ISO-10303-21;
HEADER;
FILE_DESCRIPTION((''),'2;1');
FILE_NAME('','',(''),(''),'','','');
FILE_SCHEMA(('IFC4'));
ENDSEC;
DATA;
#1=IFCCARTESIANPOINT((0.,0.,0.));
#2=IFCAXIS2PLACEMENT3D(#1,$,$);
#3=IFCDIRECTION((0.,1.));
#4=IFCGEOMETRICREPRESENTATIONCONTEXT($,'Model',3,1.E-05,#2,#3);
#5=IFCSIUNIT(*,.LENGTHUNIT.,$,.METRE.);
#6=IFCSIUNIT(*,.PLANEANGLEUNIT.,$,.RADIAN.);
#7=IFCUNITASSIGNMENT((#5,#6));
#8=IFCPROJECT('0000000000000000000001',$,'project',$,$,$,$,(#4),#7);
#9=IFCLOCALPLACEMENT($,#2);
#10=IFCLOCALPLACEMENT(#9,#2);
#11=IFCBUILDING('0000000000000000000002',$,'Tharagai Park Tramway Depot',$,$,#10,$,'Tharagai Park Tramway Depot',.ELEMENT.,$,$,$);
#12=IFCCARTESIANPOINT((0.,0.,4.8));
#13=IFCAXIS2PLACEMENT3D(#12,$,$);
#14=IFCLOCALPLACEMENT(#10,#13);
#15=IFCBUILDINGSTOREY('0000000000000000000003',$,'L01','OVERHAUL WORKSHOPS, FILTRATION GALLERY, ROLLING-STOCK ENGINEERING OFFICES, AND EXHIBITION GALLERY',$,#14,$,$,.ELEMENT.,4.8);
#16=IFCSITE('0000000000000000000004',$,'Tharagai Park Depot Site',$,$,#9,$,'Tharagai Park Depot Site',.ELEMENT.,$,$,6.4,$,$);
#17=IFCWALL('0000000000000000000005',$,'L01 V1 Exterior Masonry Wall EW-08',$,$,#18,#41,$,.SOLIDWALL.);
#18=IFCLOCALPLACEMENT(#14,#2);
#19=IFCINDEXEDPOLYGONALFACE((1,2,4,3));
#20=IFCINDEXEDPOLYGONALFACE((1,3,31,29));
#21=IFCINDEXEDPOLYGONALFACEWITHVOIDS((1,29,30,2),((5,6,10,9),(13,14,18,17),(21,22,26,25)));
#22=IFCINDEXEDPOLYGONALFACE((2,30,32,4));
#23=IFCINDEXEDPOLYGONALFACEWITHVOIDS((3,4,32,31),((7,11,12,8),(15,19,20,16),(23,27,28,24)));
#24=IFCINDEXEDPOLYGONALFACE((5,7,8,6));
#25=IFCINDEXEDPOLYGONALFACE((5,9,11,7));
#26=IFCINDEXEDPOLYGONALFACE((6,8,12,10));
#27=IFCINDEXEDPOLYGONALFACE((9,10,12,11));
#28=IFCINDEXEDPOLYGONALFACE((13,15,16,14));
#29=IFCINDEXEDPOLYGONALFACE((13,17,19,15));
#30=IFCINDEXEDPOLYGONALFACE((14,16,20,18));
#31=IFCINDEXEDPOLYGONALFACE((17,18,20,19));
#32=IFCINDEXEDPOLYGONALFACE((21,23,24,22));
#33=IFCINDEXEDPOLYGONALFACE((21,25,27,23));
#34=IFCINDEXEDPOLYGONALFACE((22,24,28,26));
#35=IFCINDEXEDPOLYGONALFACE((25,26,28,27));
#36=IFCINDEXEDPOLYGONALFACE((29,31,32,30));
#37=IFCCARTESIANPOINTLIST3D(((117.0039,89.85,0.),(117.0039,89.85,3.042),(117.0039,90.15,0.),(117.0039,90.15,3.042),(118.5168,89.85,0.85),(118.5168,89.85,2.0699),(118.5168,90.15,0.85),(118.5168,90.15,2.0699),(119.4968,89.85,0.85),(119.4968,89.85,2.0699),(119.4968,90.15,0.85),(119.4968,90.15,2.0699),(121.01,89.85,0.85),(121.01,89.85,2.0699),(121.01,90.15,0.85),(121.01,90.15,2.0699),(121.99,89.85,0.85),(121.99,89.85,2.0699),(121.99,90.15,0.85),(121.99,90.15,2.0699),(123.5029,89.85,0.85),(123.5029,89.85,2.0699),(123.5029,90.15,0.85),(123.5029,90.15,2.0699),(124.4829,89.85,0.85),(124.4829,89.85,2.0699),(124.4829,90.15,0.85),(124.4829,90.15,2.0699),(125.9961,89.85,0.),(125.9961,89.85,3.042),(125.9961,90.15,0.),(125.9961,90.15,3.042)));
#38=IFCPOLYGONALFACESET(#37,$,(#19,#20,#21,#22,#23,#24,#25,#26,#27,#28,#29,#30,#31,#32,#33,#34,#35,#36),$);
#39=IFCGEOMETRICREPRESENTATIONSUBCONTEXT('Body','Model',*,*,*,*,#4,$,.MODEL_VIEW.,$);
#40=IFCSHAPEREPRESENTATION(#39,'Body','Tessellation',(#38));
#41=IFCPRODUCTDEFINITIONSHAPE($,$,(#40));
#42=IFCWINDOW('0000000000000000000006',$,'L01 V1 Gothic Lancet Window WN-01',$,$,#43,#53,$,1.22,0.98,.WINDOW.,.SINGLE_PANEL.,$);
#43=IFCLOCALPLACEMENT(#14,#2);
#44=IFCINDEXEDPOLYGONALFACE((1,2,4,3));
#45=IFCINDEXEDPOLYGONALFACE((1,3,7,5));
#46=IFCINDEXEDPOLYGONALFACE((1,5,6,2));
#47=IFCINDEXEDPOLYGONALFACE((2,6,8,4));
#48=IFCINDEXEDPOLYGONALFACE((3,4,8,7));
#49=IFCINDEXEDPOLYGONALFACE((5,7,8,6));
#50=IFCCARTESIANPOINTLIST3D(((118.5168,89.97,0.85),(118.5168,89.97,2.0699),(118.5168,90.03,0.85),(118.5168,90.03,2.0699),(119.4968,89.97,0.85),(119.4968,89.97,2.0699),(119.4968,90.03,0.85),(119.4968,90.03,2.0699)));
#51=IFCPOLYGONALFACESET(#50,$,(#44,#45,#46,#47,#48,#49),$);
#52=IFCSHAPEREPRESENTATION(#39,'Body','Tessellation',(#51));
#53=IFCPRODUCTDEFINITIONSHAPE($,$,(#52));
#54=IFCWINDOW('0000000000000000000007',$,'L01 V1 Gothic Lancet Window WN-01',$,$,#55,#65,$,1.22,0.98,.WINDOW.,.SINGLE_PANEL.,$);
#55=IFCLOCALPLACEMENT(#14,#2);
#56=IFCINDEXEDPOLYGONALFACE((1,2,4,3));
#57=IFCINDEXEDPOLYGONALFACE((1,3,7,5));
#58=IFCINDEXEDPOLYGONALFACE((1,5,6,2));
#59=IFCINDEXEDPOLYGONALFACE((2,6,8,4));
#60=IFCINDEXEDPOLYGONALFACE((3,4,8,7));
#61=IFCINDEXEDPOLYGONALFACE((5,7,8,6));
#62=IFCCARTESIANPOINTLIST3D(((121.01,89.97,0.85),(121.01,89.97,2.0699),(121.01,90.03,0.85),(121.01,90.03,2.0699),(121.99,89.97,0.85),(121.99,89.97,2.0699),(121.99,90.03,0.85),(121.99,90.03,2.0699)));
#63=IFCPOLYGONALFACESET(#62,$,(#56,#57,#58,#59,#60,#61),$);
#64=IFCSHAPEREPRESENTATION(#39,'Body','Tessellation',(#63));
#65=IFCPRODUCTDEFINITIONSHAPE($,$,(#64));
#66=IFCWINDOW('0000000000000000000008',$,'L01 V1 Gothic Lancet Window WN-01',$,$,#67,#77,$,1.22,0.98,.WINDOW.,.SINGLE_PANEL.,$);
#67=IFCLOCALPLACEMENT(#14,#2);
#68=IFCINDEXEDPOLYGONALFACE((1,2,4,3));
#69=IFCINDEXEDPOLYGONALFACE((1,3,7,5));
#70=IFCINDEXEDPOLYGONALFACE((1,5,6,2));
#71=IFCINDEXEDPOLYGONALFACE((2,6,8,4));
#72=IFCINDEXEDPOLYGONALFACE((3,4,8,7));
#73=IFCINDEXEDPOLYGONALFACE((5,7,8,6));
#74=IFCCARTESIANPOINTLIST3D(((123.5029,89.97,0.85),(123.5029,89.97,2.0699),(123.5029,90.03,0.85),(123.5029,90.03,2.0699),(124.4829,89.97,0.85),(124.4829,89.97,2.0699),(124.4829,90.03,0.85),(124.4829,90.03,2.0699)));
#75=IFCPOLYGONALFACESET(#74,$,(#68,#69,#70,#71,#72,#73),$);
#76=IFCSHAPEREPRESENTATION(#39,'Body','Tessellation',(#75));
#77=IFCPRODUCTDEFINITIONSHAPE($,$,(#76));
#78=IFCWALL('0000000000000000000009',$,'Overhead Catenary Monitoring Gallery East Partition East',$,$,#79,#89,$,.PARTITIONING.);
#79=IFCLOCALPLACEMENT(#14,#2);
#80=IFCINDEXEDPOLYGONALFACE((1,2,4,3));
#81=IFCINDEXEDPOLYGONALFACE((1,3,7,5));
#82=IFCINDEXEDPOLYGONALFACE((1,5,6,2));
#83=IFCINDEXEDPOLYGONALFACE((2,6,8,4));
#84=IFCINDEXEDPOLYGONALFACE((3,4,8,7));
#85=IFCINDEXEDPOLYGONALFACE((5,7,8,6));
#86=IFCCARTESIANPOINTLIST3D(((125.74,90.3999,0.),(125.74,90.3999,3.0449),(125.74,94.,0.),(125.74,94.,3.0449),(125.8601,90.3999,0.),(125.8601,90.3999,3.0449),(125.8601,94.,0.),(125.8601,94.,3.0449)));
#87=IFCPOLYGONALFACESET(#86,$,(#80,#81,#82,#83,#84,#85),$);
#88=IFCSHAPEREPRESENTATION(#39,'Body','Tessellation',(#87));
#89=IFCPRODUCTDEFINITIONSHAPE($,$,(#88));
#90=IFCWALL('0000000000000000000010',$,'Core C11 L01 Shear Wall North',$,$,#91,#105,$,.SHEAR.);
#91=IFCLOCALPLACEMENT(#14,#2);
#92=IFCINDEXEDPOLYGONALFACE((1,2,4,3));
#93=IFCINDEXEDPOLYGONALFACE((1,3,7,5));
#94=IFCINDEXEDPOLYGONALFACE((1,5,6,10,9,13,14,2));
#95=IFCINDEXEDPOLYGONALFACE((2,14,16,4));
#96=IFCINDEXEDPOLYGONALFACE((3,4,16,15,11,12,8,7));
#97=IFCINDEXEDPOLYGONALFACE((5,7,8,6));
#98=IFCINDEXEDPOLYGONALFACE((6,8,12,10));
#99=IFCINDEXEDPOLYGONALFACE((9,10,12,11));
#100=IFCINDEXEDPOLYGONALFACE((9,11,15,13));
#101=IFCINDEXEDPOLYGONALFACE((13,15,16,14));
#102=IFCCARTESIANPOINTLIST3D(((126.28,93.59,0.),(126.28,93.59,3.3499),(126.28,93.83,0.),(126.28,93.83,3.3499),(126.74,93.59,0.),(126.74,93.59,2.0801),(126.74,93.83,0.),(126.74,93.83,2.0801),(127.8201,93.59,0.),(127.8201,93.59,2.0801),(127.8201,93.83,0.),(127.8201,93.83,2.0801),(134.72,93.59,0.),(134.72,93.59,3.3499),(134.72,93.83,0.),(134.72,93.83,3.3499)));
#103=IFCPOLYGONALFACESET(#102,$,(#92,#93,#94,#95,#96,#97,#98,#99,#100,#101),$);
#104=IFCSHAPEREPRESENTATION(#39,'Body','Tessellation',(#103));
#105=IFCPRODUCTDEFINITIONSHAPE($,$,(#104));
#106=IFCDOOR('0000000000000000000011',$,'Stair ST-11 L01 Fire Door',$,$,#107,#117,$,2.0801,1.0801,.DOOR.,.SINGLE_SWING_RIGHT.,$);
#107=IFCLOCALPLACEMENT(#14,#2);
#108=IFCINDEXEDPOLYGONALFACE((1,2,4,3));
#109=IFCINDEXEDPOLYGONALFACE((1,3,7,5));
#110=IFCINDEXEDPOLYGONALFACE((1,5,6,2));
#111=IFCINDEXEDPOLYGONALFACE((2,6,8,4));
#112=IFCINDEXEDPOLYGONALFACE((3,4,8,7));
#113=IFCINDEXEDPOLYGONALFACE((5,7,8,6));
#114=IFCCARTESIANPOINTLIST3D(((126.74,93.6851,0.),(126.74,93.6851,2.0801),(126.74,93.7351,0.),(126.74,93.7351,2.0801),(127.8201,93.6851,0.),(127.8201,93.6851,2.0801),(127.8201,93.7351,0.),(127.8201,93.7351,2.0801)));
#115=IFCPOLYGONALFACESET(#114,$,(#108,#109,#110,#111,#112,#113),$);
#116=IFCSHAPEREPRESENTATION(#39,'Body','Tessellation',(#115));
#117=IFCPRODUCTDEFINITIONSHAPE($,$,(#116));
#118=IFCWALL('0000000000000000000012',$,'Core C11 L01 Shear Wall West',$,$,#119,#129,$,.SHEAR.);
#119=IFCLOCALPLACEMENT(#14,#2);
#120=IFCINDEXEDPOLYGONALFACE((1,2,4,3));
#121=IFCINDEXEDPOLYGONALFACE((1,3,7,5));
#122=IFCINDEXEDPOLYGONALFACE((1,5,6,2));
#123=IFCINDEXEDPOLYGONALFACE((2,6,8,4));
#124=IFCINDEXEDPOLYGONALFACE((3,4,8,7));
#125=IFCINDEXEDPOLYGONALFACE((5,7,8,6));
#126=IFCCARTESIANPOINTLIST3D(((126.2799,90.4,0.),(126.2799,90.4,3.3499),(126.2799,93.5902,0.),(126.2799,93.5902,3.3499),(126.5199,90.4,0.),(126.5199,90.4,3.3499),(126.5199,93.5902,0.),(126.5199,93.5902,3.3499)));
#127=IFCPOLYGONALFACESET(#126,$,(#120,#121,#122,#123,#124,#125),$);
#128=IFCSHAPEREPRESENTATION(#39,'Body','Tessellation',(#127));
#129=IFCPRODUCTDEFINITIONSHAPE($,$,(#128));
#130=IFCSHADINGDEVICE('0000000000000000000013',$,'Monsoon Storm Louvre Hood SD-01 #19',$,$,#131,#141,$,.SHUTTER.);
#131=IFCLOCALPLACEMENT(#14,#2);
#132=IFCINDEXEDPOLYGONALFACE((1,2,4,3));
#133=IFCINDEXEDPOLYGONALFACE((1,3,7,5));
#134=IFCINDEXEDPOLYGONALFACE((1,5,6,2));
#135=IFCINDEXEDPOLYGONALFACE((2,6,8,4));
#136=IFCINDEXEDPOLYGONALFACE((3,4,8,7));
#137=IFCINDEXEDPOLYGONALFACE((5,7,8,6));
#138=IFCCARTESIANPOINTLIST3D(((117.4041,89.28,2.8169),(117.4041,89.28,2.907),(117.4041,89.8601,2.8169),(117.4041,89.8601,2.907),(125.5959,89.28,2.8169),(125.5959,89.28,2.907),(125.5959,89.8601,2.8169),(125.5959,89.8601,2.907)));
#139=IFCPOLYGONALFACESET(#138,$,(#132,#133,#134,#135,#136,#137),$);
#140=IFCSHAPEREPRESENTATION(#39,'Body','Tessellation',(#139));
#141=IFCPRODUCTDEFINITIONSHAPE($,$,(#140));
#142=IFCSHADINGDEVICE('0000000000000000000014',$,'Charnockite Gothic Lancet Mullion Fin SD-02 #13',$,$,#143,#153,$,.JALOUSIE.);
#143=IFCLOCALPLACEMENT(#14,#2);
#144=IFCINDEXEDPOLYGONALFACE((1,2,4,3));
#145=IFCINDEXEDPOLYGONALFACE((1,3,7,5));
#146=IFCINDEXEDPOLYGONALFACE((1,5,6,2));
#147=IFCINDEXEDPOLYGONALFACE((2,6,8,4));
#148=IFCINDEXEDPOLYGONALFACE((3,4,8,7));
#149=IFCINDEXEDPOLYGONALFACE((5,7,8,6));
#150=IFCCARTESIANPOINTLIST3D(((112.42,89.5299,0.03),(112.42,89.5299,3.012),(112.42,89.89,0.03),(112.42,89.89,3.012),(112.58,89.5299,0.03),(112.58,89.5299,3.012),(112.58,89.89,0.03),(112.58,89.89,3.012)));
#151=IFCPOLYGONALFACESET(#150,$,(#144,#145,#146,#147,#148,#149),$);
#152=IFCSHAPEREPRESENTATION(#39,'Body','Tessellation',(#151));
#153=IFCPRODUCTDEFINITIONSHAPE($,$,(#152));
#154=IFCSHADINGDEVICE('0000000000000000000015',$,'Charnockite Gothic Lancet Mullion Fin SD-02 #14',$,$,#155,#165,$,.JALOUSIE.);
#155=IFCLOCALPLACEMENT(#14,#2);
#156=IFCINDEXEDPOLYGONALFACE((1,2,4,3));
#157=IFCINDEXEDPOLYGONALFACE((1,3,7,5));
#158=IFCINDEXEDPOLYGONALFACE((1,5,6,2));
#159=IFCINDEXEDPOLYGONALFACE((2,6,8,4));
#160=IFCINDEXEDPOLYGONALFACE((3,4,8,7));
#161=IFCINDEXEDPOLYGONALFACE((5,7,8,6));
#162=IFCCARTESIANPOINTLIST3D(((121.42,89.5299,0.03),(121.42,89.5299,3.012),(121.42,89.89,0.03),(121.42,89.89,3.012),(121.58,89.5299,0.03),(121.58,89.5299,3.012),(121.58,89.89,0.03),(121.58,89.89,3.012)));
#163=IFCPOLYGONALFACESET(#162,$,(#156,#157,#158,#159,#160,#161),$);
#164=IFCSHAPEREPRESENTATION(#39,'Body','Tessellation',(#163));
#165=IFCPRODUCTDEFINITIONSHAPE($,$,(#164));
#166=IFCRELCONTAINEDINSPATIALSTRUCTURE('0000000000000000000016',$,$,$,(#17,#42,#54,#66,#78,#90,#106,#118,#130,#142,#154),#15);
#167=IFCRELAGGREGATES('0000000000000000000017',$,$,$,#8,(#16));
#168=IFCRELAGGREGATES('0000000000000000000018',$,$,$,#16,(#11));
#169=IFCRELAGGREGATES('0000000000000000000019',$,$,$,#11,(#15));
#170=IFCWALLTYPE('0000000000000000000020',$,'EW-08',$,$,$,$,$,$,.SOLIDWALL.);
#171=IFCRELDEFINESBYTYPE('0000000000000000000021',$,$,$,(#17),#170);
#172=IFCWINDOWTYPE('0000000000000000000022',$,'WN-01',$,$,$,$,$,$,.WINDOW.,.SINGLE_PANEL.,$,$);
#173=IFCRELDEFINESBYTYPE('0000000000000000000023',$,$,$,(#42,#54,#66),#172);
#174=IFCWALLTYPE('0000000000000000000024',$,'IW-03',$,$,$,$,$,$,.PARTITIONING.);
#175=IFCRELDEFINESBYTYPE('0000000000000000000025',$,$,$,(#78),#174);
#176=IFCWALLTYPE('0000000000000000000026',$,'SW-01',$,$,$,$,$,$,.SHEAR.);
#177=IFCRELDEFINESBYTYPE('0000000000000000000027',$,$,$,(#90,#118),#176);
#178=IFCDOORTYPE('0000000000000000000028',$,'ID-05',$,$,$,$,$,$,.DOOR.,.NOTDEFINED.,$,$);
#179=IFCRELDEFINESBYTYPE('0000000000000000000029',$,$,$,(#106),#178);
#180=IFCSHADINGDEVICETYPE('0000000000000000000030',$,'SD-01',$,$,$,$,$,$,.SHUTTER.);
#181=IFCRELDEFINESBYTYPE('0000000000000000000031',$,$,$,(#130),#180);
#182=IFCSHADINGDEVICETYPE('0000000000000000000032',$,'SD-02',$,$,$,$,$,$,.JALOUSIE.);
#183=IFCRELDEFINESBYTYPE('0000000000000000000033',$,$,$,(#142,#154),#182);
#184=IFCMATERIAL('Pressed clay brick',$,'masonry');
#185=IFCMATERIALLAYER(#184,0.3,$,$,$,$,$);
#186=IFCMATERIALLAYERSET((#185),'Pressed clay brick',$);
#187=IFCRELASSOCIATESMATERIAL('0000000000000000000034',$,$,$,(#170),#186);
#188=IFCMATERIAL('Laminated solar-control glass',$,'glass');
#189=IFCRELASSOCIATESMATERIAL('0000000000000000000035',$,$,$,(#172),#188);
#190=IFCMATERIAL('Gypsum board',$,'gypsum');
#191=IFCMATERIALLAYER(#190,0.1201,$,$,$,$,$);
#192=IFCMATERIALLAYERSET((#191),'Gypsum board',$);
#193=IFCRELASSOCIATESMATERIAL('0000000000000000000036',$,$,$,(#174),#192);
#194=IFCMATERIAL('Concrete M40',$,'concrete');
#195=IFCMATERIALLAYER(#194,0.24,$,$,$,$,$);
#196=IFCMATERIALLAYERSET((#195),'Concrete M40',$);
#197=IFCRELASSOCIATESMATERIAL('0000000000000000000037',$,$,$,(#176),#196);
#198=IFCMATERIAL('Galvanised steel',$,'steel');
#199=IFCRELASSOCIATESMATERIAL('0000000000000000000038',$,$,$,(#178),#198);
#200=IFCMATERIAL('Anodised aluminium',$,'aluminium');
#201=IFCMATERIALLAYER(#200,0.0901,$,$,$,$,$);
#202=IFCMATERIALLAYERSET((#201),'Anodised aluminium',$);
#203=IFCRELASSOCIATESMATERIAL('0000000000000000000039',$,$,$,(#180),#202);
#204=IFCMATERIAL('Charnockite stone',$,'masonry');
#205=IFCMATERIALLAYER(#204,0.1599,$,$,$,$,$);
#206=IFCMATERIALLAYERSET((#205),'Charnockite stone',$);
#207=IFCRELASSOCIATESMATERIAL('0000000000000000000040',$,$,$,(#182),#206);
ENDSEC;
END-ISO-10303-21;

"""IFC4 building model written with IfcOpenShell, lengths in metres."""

from ifc_helpers import new_model, si_unit, direction, frame, frame_2d, origin, origin_2d, place, context, subcontext, project, spatial, rectangle, extrude, material, layer, layer_set, type_object, element, fill, save


model = new_model("IFC4")

# Units and contexts
model_context = context("Model", 3, precision=1e-05, world=origin(), true_north=direction((0.0, 1.0)))
body_context = subcontext(model_context, "Body", "Model", "MODEL_VIEW")
ifc_project = project(units=[si_unit("LENGTHUNIT", "METRE"), si_unit("PLANEANGLEUNIT", "RADIAN")], contexts=[model_context])

# Site, building, storey
site_placement = place(None, origin())
site = spatial("IfcSite", under=ifc_project, at=site_placement, Name="Tharagai Park Depot Site", LongName="Tharagai Park Depot Site", CompositionType="ELEMENT", RefElevation=6.4)
building_placement = place(site_placement, origin())
building = spatial("IfcBuilding", under=site, at=building_placement, Name="Tharagai Park Tramway Depot", LongName="Tharagai Park Tramway Depot", CompositionType="ELEMENT")
storey_placement = place(building_placement, frame((0.0, 0.0, 4.8)))
storey = spatial("IfcBuildingStorey", under=building, at=storey_placement, Name="L01", Description="OVERHAUL WORKSHOPS, FILTRATION GALLERY, ROLLING-STOCK ENGINEERING OFFICES, AND EXHIBITION GALLERY", CompositionType="ELEMENT", Elevation=4.8)

# Shared definitions
ifc_material_1 = material(Name="Charnockite stone", Category="masonry")

# Wall, openings, windows
ifc_material_2 = material(Name="Pressed clay brick", Category="masonry")
ifc_layer_1 = layer(ifc_material_2, 0.3)
ifc_layer_set_1 = layer_set([ifc_layer_1], Name="Pressed clay brick")
wall_type_1 = type_object("IfcWallType", Name="EW-08", PredefinedType="SOLIDWALL", material=ifc_layer_set_1)
wall_1_placement = place(storey_placement, frame((117.0039, 90.0, 0.0), z_axis=(0.0, 0.0, 1.0), x_axis=(1.0, 0.0, 0.0)))
wall_1 = element("IfcWall", 1, at=wall_1_placement, inside=storey, type_object=wall_type_1, Name="L01 V1 Exterior Masonry Wall EW-08", PredefinedType="SOLIDWALL", context=body_context, shape_type="SweptSolid", body=[
    extrude(rectangle(XDim=8.9922, YDim=0.3, at=frame_2d((4.4961, 0.0))), origin(), (0.0, 0.0, 1.0), 3.042),
])
opening_1_placement = place(wall_1_placement, frame((1.5129, 0.0, 0.8501)))
opening_1 = element("IfcOpeningElement", 2, at=opening_1_placement, cuts=wall_1, PredefinedType="OPENING", context=body_context, shape_type="SweptSolid", body=[
    extrude(rectangle(XDim=0.98, YDim=1.22, at=frame_2d((0.49, 0.6099))), frame((0.0, 0.1599, 0.0), z_axis=(0.0, -1.0, 0.0), x_axis=(1.0, 0.0, 0.0)), (0.0, 0.0, 1.0), 0.3201),
])
opening_2_placement = place(wall_1_placement, frame((4.0061, 0.0, 0.8501)))
opening_2 = element("IfcOpeningElement", 3, at=opening_2_placement, cuts=wall_1, PredefinedType="OPENING", context=body_context, shape_type="SweptSolid", body=[
    extrude(rectangle(XDim=0.98, YDim=1.22, at=frame_2d((0.49, 0.6099))), frame((0.0, 0.1599, 0.0), z_axis=(0.0, -1.0, 0.0), x_axis=(1.0, 0.0, 0.0)), (0.0, 0.0, 1.0), 0.3201),
])
opening_3_placement = place(wall_1_placement, frame((6.499, 0.0, 0.8501)))
opening_3 = element("IfcOpeningElement", 4, at=opening_3_placement, cuts=wall_1, PredefinedType="OPENING", context=body_context, shape_type="SweptSolid", body=[
    extrude(rectangle(XDim=0.98, YDim=1.22, at=frame_2d((0.49, 0.6099))), frame((0.0, 0.1599, 0.0), z_axis=(0.0, -1.0, 0.0), x_axis=(1.0, 0.0, 0.0)), (0.0, 0.0, 1.0), 0.3201),
])
ifc_material_3 = material(Name="Laminated solar-control glass", Category="glass")
window_type = type_object("IfcWindowType", Name="WN-01", PartitioningType="SINGLE_PANEL", PredefinedType="WINDOW", material=ifc_material_3)
window_1_placement = place(opening_1_placement, origin())
window_1 = element("IfcWindow", 5, at=window_1_placement, inside=storey, type_object=window_type, Name="L01 V1 Gothic Lancet Window WN-01", OverallHeight=1.22, OverallWidth=0.98, PartitioningType="SINGLE_PANEL", PredefinedType="WINDOW", context=body_context, shape_type="SweptSolid", body=[
    extrude(rectangle(XDim=0.98, YDim=1.22, at=frame_2d((0.49, 0.6099))), frame((0.0, 0.03, 0.0), z_axis=(0.0, -1.0, 0.0), x_axis=(1.0, 0.0, 0.0)), (0.0, 0.0, 1.0), 0.0601),
])
fill(opening_1, window_1)
window_2_placement = place(opening_2_placement, origin())
window_2 = element("IfcWindow", 6, at=window_2_placement, inside=storey, type_object=window_type, Name="L01 V1 Gothic Lancet Window WN-01", OverallHeight=1.22, OverallWidth=0.98, PartitioningType="SINGLE_PANEL", PredefinedType="WINDOW", context=body_context, shape_type="SweptSolid", body=[
    extrude(rectangle(XDim=0.98, YDim=1.22, at=frame_2d((0.49, 0.6099))), frame((0.0, 0.03, 0.0), z_axis=(0.0, -1.0, 0.0), x_axis=(1.0, 0.0, 0.0)), (0.0, 0.0, 1.0), 0.0601),
])
fill(opening_2, window_2)
window_3_placement = place(opening_3_placement, origin())
window_3 = element("IfcWindow", 7, at=window_3_placement, inside=storey, type_object=window_type, Name="L01 V1 Gothic Lancet Window WN-01", OverallHeight=1.22, OverallWidth=0.98, PartitioningType="SINGLE_PANEL", PredefinedType="WINDOW", context=body_context, shape_type="SweptSolid", body=[
    extrude(rectangle(XDim=0.98, YDim=1.22, at=frame_2d((0.49, 0.6099))), frame((0.0, 0.03, 0.0), z_axis=(0.0, -1.0, 0.0), x_axis=(1.0, 0.0, 0.0)), (0.0, 0.0, 1.0), 0.0601),
])
fill(opening_3, window_3)

# Wall
ifc_material_4 = material(Name="Gypsum board", Category="gypsum")
ifc_layer_2 = layer(ifc_material_4, 0.1201)
ifc_layer_set_2 = layer_set([ifc_layer_2], Name="Gypsum board")
wall_type_2 = type_object("IfcWallType", Name="IW-03", PredefinedType="PARTITIONING", material=ifc_layer_set_2)
wall_2_placement = place(storey_placement, frame((125.8, 90.3999, 0.0), z_axis=(0.0, 0.0, 1.0), x_axis=(0.0, 1.0, 0.0)))
element("IfcWall", 8, at=wall_2_placement, inside=storey, type_object=wall_type_2, Name="Overhead Catenary Monitoring Gallery East Partition East", PredefinedType="PARTITIONING", context=body_context, shape_type="SweptSolid", body=[
    extrude(rectangle(XDim=3.6001, YDim=0.1201, at=frame_2d((1.8, 0.0))), origin(), (0.0, 0.0, 1.0), 3.0449),
])

# Wall, opening, door
ifc_material_5 = material(Name="Concrete M40", Category="concrete")
ifc_layer_3 = layer(ifc_material_5, 0.24)
ifc_layer_set_3 = layer_set([ifc_layer_3], Name="Concrete M40")
wall_type_3 = type_object("IfcWallType", Name="SW-01", PredefinedType="SHEAR", material=ifc_layer_set_3)
wall_3_placement = place(storey_placement, frame((126.28, 93.71, 0.0), z_axis=(0.0, 0.0, 1.0), x_axis=(1.0, 0.0, 0.0)))
wall_3 = element("IfcWall", 9, at=wall_3_placement, inside=storey, type_object=wall_type_3, Name="Core C11 L01 Shear Wall North", PredefinedType="SHEAR", context=body_context, shape_type="SweptSolid", body=[
    extrude(rectangle(XDim=8.4399, YDim=0.24, at=frame_2d((4.22, 0.0))), origin(), (0.0, 0.0, 1.0), 3.3499),
])
opening_4_placement = place(wall_3_placement, frame((0.46, 0.0, 0.0)))
opening_4 = element("IfcOpeningElement", 10, at=opening_4_placement, cuts=wall_3, PredefinedType="OPENING", context=body_context, shape_type="SweptSolid", body=[
    extrude(rectangle(XDim=1.0801, YDim=2.0801, at=frame_2d((0.54, 1.04))), frame((0.0, 0.1299, 0.0), z_axis=(0.0, -1.0, 0.0), x_axis=(1.0, 0.0, 0.0)), (0.0, 0.0, 1.0), 0.26),
])
ifc_material_6 = material(Name="Galvanised steel", Category="steel")
door_type = type_object("IfcDoorType", Name="ID-05", OperationType="NOTDEFINED", PredefinedType="DOOR", material=ifc_material_6)
door_placement = place(opening_4_placement, frame((1.0801, 0.0, 0.0), z_axis=(0.0, 0.0, 1.0), x_axis=(-1.0, 0.0, 0.0)))
door = element("IfcDoor", 11, at=door_placement, inside=storey, type_object=door_type, Name="Stair ST-11 L01 Fire Door", OperationType="SINGLE_SWING_RIGHT", OverallHeight=2.0801, OverallWidth=1.0801, PredefinedType="DOOR", context=body_context, shape_type="SweptSolid", body=[
    extrude(rectangle(XDim=1.0801, YDim=2.0801, at=frame_2d((0.54, 1.04))), frame((0.0, 0.0249, 0.0), z_axis=(0.0, -1.0, 0.0), x_axis=(1.0, 0.0, 0.0)), (0.0, 0.0, 1.0), 0.05),
])
fill(opening_4, door)

# Wall
wall_4_placement = place(storey_placement, frame((126.3999, 90.3999, 0.0), z_axis=(0.0, 0.0, 1.0), x_axis=(0.0, 1.0, 0.0)))
element("IfcWall", 12, at=wall_4_placement, inside=storey, type_object=wall_type_3, Name="Core C11 L01 Shear Wall West", PredefinedType="SHEAR", context=body_context, shape_type="SweptSolid", body=[
    extrude(rectangle(XDim=3.1902, YDim=0.24, at=frame_2d((1.5952, 0.0))), origin(), (0.0, 0.0, 1.0), 3.3499),
])

# Shading devices
ifc_material_7 = material(Name="Anodised aluminium", Category="aluminium")
ifc_layer_4 = layer(ifc_material_7, 0.0901)
ifc_layer_set_4 = layer_set([ifc_layer_4], Name="Anodised aluminium")
shading_device_type_1 = type_object("IfcShadingDeviceType", Name="SD-01", PredefinedType="SHUTTER", material=ifc_layer_set_4)
shading_device_placement = place(storey_placement, frame((121.5, 89.5701, 2.8169), z_axis=(0.0, 0.0, 1.0), x_axis=(1.0, 0.0, 0.0)))
element("IfcShadingDevice", 13, at=shading_device_placement, inside=storey, type_object=shading_device_type_1, Name="Monsoon Storm Louvre Hood SD-01 #19", PredefinedType="SHUTTER", context=body_context, shape_type="SweptSolid", body=[
    extrude(rectangle(XDim=8.1919, YDim=0.5801, at=origin_2d()), origin(), (0.0, 0.0, 1.0), 0.0901),
])
ifc_layer_5 = layer(ifc_material_1, 0.1599)
ifc_layer_set_5 = layer_set([ifc_layer_5], Name="Charnockite stone")
shading_device_type_2 = type_object("IfcShadingDeviceType", Name="SD-02", PredefinedType="JALOUSIE", material=ifc_layer_set_5)
for number, where, z_axis, x_axis, name in (
    (14, (112.5, 89.71, 0.03), (0.0, 0.0, 1.0), (1.0, 0.0, 0.0), "Charnockite Gothic Lancet Mullion Fin SD-02 #13"),
    (15, (121.5, 89.71, 0.03), (0.0, 0.0, 1.0), (1.0, 0.0, 0.0), "Charnockite Gothic Lancet Mullion Fin SD-02 #14"),
):
    element("IfcShadingDevice", number, at=place(storey_placement, frame(where, z_axis=z_axis, x_axis=x_axis)), inside=storey, type_object=shading_device_type_2, Name=name, PredefinedType="JALOUSIE", context=body_context, shape_type="SweptSolid", body=[
        extrude(rectangle(XDim=0.1599, YDim=0.3601, at=origin_2d()), origin(), (0.0, 0.0, 1.0), 2.9819),
    ])

save(model, "model.ifc")
